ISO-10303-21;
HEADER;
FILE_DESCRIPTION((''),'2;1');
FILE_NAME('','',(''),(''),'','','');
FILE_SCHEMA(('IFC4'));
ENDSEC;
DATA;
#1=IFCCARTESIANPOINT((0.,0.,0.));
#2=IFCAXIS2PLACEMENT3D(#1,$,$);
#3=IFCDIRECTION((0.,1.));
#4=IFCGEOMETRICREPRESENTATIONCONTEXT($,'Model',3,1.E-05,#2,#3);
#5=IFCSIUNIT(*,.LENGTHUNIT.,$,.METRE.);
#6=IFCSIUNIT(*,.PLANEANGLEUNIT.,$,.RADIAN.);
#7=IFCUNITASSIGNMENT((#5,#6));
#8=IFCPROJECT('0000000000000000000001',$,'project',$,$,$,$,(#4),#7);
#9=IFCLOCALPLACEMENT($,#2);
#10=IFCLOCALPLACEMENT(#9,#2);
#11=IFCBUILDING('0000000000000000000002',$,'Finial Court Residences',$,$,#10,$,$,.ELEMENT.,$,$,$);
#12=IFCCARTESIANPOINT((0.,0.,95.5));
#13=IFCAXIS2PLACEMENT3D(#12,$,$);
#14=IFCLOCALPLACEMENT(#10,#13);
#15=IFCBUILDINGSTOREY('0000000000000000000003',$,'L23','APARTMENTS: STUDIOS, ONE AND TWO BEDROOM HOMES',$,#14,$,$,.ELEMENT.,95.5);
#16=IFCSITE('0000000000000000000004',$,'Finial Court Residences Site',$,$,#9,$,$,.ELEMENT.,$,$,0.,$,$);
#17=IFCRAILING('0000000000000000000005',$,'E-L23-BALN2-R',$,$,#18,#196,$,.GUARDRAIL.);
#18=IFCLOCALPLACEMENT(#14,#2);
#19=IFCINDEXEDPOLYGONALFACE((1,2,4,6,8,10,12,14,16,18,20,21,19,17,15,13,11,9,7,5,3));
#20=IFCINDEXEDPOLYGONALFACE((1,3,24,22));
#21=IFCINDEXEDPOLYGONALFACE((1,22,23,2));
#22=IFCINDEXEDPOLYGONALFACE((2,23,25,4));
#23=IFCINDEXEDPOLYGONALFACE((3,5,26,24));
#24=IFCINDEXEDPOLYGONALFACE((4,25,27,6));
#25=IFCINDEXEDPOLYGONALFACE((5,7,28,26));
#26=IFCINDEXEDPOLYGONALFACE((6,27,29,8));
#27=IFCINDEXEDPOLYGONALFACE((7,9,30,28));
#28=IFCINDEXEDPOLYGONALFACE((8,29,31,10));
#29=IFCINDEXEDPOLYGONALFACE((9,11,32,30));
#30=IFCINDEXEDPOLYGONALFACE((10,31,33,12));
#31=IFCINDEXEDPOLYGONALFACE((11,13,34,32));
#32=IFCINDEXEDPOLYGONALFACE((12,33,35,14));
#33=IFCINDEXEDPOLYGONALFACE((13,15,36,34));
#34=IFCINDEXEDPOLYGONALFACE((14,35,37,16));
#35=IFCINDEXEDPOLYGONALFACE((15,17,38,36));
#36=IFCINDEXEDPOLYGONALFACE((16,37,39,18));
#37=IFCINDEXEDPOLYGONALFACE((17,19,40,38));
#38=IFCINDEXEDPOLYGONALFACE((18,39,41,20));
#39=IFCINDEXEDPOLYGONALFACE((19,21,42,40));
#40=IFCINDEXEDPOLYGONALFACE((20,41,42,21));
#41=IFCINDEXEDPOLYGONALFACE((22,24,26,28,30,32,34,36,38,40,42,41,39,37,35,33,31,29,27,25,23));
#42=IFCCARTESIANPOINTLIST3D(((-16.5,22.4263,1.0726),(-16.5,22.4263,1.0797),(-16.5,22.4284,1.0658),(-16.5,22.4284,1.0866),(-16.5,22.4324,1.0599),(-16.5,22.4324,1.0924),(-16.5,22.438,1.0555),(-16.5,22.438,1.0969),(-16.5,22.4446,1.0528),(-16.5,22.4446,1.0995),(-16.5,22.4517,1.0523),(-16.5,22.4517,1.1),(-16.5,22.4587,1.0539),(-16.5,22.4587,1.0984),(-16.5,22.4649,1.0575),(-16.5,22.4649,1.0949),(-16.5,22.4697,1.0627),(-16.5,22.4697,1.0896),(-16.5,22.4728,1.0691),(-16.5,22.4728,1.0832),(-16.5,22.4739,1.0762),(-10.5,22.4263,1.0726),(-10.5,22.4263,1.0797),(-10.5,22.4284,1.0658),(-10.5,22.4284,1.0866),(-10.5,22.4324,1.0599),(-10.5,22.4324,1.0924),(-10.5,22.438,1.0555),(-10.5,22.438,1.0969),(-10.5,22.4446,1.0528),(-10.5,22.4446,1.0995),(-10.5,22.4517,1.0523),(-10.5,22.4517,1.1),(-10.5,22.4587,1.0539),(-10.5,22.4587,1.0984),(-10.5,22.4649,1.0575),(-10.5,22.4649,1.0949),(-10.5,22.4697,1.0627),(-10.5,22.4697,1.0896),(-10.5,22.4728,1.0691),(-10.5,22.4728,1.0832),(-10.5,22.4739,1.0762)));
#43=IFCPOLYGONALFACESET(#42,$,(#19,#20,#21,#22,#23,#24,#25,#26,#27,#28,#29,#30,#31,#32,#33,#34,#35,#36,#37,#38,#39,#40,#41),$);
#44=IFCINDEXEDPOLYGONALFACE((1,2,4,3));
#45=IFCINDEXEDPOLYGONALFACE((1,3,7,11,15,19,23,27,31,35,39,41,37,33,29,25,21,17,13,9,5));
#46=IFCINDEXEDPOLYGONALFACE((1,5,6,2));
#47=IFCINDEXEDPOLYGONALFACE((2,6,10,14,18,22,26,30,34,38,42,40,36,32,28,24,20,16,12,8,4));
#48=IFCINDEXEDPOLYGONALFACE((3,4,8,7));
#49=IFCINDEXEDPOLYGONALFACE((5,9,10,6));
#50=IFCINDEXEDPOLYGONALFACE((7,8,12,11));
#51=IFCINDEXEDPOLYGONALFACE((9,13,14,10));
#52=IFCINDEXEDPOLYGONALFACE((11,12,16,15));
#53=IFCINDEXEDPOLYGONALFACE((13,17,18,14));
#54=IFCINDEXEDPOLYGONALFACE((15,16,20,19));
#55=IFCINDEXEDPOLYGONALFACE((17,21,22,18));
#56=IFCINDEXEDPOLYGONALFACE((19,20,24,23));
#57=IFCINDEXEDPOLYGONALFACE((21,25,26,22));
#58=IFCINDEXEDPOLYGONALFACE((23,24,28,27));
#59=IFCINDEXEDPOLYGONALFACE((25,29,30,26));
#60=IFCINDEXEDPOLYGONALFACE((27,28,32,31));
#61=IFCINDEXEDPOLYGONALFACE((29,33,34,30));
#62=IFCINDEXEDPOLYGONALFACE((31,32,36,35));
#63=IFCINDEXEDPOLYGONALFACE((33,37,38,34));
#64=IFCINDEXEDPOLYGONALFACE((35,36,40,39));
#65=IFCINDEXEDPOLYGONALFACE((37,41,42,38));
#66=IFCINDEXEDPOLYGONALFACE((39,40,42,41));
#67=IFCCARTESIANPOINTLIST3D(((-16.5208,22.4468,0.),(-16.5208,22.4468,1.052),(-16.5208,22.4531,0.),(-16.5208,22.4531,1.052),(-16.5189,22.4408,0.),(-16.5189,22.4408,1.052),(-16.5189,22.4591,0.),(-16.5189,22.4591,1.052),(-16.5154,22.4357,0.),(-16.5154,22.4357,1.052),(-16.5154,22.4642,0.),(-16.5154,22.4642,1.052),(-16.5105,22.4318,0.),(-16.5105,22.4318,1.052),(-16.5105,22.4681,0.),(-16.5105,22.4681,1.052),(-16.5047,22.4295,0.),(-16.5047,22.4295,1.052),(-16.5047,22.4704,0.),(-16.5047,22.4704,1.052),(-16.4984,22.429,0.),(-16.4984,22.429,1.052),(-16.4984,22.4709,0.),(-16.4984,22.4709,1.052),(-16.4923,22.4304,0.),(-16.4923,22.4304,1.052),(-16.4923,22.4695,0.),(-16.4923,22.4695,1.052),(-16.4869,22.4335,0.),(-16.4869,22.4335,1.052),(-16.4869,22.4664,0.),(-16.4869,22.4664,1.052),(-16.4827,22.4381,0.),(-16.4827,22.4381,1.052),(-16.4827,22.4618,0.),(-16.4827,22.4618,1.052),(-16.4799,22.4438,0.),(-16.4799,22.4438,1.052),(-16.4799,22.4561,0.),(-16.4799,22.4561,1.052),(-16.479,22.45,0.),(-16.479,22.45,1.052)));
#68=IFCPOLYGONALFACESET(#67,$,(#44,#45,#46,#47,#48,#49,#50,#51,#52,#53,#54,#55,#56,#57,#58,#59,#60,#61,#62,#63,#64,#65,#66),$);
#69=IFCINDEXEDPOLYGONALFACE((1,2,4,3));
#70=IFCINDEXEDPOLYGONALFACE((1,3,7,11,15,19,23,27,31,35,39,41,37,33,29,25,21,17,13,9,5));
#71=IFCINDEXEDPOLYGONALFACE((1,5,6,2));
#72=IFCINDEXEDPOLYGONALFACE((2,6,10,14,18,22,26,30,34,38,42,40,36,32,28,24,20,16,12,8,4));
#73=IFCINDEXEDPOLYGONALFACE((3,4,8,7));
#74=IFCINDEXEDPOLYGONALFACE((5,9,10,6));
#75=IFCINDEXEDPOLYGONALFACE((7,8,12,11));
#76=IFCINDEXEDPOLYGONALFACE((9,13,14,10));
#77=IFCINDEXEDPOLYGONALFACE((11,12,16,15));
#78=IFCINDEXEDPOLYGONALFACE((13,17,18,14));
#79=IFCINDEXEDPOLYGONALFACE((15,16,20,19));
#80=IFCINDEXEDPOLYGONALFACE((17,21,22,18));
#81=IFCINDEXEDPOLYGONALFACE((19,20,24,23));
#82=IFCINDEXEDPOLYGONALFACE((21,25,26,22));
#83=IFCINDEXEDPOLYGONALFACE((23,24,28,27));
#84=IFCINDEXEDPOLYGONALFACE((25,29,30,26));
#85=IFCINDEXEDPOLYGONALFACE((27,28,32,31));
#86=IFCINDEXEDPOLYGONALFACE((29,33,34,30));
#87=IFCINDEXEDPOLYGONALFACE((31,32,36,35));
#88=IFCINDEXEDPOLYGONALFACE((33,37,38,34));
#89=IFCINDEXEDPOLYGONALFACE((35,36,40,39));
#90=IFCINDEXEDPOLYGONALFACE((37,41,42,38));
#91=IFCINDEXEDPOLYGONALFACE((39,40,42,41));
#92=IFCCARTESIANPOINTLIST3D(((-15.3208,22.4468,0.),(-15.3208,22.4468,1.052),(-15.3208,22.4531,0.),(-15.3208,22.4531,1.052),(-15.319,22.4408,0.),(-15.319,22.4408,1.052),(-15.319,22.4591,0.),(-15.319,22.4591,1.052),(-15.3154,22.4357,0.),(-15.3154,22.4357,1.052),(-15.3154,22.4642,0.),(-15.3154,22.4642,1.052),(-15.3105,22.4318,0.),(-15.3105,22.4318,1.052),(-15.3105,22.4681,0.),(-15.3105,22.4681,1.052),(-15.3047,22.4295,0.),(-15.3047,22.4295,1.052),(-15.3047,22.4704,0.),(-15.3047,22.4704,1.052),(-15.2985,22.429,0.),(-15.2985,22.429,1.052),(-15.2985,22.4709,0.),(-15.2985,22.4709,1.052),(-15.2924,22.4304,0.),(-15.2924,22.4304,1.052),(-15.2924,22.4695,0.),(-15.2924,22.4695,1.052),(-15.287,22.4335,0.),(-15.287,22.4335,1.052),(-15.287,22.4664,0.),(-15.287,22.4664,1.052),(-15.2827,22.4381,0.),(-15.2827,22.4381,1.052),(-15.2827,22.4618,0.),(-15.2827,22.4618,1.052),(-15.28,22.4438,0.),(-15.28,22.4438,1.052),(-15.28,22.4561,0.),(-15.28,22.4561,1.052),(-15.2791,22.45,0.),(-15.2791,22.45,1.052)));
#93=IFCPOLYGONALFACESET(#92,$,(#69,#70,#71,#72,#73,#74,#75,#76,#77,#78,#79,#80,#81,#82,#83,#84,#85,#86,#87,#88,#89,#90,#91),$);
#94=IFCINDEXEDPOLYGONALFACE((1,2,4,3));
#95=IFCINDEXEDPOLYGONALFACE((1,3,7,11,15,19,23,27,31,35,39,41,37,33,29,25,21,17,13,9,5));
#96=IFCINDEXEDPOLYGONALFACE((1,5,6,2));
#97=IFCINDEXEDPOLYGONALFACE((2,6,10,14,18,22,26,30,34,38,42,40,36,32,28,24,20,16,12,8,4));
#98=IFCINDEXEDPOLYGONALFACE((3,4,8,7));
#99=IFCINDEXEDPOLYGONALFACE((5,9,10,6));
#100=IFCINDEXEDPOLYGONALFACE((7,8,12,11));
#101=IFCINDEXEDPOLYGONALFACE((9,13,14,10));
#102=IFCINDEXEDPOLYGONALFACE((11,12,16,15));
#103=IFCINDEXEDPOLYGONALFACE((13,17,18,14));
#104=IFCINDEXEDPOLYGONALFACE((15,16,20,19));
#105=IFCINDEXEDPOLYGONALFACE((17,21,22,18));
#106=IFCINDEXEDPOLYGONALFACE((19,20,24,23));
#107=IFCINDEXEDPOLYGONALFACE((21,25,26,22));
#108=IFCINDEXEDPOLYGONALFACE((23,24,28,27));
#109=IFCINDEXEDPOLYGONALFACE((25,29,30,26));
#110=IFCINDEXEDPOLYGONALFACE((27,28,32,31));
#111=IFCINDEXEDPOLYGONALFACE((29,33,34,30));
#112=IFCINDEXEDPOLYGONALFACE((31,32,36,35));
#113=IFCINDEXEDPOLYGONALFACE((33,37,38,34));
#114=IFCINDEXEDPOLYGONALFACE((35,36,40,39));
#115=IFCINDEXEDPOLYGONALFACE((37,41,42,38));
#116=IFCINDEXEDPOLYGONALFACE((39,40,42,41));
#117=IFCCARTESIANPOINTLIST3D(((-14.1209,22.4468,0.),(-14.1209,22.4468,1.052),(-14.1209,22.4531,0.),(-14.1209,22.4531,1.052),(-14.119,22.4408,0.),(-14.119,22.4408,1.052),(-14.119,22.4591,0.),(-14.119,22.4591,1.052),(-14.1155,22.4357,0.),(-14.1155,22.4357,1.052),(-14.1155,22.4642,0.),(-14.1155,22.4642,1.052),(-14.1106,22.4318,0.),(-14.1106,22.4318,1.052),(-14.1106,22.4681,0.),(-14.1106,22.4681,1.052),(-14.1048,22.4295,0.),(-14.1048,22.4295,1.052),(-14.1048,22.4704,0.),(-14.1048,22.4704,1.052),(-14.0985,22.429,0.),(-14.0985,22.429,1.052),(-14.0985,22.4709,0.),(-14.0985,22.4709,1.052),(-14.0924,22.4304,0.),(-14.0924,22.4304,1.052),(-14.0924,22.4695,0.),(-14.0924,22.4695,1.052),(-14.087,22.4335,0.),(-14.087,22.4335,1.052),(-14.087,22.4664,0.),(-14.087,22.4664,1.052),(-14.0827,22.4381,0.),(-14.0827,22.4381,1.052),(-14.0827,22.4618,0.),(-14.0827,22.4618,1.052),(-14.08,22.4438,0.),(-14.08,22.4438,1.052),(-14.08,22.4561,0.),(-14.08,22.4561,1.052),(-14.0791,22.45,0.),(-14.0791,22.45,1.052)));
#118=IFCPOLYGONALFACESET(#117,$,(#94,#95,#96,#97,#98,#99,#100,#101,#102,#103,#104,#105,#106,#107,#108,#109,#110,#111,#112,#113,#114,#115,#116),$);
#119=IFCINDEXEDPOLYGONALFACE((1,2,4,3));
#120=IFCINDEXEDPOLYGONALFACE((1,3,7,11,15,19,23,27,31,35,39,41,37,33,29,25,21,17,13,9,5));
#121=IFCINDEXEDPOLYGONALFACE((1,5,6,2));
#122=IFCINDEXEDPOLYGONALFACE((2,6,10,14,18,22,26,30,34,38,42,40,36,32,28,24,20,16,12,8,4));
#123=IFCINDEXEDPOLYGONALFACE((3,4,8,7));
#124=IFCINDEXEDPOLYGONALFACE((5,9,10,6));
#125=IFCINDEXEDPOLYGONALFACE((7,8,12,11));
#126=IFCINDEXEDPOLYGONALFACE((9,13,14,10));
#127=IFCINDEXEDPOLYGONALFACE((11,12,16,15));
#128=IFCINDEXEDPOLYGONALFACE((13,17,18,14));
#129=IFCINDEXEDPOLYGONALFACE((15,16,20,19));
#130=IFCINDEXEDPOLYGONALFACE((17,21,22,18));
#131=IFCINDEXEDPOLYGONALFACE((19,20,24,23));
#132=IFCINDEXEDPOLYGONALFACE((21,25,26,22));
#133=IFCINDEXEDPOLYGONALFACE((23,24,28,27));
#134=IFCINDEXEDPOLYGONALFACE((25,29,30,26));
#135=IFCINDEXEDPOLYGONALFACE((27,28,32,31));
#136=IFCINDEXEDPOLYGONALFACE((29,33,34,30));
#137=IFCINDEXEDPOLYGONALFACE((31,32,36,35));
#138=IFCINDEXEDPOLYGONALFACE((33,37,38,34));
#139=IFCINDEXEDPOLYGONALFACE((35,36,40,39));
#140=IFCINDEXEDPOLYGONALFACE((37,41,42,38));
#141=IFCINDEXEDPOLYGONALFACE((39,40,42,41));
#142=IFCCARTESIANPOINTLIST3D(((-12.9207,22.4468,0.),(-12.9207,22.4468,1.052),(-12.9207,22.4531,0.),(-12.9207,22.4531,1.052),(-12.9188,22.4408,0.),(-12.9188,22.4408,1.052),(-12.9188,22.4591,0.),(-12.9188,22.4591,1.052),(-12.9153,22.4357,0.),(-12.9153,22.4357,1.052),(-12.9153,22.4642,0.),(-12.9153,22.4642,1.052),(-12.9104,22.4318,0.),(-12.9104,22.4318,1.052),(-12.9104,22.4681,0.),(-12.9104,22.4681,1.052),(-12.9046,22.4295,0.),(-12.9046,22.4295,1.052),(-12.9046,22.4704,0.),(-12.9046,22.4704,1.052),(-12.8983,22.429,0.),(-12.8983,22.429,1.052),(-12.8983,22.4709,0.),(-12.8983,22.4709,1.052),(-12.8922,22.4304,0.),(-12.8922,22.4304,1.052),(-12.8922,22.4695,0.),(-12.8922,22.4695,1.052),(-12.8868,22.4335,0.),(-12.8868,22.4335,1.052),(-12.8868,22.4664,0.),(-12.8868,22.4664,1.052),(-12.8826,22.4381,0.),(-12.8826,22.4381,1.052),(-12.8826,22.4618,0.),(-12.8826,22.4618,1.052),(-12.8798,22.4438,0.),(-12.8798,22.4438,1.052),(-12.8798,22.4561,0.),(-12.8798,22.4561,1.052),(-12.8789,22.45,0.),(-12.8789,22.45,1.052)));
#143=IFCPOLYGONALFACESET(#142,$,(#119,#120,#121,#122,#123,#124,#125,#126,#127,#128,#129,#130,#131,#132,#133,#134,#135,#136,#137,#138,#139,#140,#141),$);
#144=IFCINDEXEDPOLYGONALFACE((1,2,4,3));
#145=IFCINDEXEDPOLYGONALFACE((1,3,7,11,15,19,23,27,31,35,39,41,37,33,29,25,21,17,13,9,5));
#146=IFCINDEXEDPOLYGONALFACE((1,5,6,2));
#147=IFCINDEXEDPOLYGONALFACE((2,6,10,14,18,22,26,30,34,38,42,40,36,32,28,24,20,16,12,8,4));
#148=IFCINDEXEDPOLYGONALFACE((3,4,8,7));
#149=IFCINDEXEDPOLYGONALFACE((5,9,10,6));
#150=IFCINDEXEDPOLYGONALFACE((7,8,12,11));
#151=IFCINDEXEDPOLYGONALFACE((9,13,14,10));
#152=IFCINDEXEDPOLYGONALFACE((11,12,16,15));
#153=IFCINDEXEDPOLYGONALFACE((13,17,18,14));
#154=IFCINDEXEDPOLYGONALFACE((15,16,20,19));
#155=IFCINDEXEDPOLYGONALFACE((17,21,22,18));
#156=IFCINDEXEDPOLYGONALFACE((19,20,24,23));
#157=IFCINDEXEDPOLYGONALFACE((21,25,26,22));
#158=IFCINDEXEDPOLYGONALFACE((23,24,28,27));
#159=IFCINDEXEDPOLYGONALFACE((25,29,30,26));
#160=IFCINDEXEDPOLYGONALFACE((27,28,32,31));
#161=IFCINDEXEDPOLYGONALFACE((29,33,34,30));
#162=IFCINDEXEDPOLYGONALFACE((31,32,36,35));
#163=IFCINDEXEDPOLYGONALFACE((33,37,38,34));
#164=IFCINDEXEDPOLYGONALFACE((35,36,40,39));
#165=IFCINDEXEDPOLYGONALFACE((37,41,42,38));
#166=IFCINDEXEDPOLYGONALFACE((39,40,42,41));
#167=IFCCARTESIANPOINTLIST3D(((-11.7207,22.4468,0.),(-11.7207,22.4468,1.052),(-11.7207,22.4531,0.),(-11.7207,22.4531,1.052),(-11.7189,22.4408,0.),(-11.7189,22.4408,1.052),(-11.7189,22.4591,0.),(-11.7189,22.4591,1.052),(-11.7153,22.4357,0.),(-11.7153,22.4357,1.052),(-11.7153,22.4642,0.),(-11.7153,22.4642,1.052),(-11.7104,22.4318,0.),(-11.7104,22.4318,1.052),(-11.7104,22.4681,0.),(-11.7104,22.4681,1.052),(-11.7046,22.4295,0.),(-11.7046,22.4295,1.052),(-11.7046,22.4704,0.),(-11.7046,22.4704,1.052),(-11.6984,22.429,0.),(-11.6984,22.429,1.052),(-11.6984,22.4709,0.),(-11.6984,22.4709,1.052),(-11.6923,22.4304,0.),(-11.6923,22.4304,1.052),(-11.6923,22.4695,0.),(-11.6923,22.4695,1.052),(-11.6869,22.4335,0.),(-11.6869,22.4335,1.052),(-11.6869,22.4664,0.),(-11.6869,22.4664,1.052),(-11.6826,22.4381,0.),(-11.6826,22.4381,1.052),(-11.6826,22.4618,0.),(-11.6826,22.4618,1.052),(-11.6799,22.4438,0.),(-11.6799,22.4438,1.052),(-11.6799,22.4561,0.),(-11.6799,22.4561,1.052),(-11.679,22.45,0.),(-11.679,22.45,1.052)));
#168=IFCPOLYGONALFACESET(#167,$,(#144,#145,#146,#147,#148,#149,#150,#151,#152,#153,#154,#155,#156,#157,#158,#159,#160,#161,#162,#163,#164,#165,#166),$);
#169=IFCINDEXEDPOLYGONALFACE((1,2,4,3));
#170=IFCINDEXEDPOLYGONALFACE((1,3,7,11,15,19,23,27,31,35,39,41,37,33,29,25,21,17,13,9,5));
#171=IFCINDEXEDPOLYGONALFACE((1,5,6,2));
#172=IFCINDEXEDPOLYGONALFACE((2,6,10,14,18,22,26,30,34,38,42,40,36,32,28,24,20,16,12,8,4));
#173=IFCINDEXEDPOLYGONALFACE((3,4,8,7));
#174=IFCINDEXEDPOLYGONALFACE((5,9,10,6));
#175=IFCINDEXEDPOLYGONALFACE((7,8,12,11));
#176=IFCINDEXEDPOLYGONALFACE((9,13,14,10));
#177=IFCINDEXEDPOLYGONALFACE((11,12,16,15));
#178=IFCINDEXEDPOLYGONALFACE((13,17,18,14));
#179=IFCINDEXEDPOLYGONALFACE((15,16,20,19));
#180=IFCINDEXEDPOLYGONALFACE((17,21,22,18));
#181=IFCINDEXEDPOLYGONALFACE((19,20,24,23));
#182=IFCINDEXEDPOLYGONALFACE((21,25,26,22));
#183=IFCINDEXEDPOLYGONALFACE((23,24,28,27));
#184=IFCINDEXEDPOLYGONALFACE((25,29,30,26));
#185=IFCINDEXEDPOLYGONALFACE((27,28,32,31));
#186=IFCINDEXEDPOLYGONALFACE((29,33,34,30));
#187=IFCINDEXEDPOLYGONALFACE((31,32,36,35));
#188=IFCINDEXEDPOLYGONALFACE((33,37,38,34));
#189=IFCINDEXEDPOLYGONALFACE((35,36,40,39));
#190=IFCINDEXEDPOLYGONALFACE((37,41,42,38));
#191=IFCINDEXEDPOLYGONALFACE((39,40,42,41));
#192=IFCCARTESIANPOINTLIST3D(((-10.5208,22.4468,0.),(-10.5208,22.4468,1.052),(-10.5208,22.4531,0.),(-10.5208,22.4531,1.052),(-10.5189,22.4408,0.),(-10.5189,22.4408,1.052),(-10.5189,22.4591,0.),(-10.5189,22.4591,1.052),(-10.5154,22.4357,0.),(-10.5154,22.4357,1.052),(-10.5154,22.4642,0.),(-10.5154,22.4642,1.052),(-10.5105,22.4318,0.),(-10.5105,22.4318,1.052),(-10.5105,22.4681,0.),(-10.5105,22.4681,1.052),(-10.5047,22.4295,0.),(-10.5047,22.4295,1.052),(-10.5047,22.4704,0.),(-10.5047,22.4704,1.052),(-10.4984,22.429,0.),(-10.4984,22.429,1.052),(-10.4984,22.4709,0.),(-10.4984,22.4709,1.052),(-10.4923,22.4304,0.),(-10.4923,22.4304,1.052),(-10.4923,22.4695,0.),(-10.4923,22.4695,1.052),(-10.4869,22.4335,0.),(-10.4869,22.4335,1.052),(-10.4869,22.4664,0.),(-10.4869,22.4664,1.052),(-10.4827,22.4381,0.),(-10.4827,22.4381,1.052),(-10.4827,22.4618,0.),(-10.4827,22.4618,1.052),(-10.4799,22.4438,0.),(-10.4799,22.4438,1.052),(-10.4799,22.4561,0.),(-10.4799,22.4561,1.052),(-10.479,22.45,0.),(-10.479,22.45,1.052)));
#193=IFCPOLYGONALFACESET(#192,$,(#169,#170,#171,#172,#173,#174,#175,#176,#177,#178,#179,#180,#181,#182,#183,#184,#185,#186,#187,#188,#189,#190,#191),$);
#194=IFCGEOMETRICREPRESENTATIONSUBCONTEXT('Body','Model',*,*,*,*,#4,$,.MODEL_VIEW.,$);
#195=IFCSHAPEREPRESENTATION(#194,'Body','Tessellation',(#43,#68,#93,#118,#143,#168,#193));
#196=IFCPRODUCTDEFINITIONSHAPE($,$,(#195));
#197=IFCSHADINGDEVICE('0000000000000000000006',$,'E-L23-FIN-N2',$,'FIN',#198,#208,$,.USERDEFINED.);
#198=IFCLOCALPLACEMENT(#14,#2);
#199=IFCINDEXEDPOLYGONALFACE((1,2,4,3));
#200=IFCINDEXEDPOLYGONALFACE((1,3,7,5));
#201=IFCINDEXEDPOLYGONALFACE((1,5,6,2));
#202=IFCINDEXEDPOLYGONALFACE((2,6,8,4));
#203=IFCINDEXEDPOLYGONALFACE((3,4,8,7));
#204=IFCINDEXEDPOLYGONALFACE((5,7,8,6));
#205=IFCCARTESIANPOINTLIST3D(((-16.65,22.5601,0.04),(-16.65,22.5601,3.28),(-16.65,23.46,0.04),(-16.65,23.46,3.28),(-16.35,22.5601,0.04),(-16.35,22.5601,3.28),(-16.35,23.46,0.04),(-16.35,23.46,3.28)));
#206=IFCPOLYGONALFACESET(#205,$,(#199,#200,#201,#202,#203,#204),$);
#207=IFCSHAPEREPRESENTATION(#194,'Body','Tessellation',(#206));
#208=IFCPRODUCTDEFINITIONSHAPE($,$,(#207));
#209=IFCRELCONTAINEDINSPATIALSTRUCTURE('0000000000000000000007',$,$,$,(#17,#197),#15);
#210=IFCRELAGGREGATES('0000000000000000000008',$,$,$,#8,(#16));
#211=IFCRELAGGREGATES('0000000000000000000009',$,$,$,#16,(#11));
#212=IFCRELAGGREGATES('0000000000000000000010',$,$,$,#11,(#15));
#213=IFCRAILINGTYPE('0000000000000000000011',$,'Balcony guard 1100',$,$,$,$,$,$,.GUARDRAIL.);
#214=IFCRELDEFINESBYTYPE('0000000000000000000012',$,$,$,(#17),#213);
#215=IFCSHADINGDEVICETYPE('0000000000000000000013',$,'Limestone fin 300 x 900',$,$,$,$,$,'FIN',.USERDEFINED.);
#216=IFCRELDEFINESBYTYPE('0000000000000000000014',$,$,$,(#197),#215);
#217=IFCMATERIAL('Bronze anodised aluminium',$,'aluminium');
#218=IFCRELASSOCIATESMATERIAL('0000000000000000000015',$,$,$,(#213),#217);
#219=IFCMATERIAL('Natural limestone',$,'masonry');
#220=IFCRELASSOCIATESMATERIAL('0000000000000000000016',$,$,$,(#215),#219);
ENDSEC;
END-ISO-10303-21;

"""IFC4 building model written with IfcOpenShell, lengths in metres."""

from ifc_helpers import new_model, si_unit, direction, frame, origin, origin_2d, place, context, subcontext, project, spatial, rectangle, circle, extrude, material, type_object, element, save


model = new_model("IFC4")

# Units and contexts
model_context = context("Model", 3, precision=1e-05, world=origin(), true_north=direction((0.0, 1.0)))
body_context = subcontext(model_context, "Body", "Model", "MODEL_VIEW")
ifc_project = project(units=[si_unit("LENGTHUNIT", "METRE"), si_unit("PLANEANGLEUNIT", "RADIAN")], contexts=[model_context])

# Site, building, storey
site_placement = place(None, origin())
site = spatial("IfcSite", under=ifc_project, at=site_placement, Name="Finial Court Residences Site", CompositionType="ELEMENT", RefElevation=0.0)
building_placement = place(site_placement, origin())
building = spatial("IfcBuilding", under=site, at=building_placement, Name="Finial Court Residences", CompositionType="ELEMENT")
storey_placement = place(building_placement, frame((0.0, 0.0, 95.5)))
storey = spatial("IfcBuildingStorey", under=building, at=storey_placement, Name="L23", Description="APARTMENTS: STUDIOS, ONE AND TWO BEDROOM HOMES", CompositionType="ELEMENT", Elevation=95.5)

# Shared definitions
ifc_material_1 = material(Name="Natural limestone", Category="masonry")

# Shared definitions
ifc_material_2 = material(Name="Bronze anodised aluminium", Category="aluminium")

# Railing
railing_type = type_object("IfcRailingType", Name="Balcony guard 1100", PredefinedType="GUARDRAIL", material=ifc_material_2)
railing_placement = place(storey_placement, frame((-16.5, 22.45, 0.0)))
element("IfcRailing", 1, at=railing_placement, inside=storey, type_object=railing_type, Name="E-L23-BALN2-R", PredefinedType="GUARDRAIL", context=body_context, shape_type="SweptSolid", body=[
    extrude(circle(Radius=0.0239, at=origin_2d()), frame((0.0, 0.0, 1.0762), z_axis=(1.0, 0.0, 0.0), x_axis=(0.0, 1.0, 0.0)), (0.0, 0.0, 1.0), 6.0),
    extrude(circle(Radius=0.021, at=origin_2d()), origin(), (0.0, 0.0, 1.0), 1.052),
    extrude(circle(Radius=0.021, at=origin_2d()), frame((1.2, 0.0, 0.0)), (0.0, 0.0, 1.0), 1.052),
    extrude(circle(Radius=0.021, at=origin_2d()), frame((2.3999, 0.0, 0.0)), (0.0, 0.0, 1.0), 1.052),
    extrude(circle(Radius=0.021, at=origin_2d()), frame((3.6001, 0.0, 0.0)), (0.0, 0.0, 1.0), 1.052),
    extrude(circle(Radius=0.021, at=origin_2d()), frame((4.8, 0.0, 0.0)), (0.0, 0.0, 1.0), 1.052),
    extrude(circle(Radius=0.021, at=origin_2d()), frame((6.0, 0.0, 0.0)), (0.0, 0.0, 1.0), 1.052),
])

# Shading device
shading_device_type = type_object("IfcShadingDeviceType", Name="Limestone fin 300 x 900", ElementType="FIN", PredefinedType="USERDEFINED", material=ifc_material_1)
shading_device_placement = place(storey_placement, frame((-16.5, 23.01, 0.04), z_axis=(0.0, 0.0, 1.0), x_axis=(1.0, 0.0, 0.0)))
element("IfcShadingDevice", 2, at=shading_device_placement, inside=storey, type_object=shading_device_type, Name="E-L23-FIN-N2", ObjectType="FIN", PredefinedType="USERDEFINED", context=body_context, shape_type="SweptSolid", body=[
    extrude(rectangle(XDim=0.3, YDim=0.8999, at=origin_2d()), origin(), (0.0, 0.0, 1.0), 3.24),
])

save(model, "model.ifc")
